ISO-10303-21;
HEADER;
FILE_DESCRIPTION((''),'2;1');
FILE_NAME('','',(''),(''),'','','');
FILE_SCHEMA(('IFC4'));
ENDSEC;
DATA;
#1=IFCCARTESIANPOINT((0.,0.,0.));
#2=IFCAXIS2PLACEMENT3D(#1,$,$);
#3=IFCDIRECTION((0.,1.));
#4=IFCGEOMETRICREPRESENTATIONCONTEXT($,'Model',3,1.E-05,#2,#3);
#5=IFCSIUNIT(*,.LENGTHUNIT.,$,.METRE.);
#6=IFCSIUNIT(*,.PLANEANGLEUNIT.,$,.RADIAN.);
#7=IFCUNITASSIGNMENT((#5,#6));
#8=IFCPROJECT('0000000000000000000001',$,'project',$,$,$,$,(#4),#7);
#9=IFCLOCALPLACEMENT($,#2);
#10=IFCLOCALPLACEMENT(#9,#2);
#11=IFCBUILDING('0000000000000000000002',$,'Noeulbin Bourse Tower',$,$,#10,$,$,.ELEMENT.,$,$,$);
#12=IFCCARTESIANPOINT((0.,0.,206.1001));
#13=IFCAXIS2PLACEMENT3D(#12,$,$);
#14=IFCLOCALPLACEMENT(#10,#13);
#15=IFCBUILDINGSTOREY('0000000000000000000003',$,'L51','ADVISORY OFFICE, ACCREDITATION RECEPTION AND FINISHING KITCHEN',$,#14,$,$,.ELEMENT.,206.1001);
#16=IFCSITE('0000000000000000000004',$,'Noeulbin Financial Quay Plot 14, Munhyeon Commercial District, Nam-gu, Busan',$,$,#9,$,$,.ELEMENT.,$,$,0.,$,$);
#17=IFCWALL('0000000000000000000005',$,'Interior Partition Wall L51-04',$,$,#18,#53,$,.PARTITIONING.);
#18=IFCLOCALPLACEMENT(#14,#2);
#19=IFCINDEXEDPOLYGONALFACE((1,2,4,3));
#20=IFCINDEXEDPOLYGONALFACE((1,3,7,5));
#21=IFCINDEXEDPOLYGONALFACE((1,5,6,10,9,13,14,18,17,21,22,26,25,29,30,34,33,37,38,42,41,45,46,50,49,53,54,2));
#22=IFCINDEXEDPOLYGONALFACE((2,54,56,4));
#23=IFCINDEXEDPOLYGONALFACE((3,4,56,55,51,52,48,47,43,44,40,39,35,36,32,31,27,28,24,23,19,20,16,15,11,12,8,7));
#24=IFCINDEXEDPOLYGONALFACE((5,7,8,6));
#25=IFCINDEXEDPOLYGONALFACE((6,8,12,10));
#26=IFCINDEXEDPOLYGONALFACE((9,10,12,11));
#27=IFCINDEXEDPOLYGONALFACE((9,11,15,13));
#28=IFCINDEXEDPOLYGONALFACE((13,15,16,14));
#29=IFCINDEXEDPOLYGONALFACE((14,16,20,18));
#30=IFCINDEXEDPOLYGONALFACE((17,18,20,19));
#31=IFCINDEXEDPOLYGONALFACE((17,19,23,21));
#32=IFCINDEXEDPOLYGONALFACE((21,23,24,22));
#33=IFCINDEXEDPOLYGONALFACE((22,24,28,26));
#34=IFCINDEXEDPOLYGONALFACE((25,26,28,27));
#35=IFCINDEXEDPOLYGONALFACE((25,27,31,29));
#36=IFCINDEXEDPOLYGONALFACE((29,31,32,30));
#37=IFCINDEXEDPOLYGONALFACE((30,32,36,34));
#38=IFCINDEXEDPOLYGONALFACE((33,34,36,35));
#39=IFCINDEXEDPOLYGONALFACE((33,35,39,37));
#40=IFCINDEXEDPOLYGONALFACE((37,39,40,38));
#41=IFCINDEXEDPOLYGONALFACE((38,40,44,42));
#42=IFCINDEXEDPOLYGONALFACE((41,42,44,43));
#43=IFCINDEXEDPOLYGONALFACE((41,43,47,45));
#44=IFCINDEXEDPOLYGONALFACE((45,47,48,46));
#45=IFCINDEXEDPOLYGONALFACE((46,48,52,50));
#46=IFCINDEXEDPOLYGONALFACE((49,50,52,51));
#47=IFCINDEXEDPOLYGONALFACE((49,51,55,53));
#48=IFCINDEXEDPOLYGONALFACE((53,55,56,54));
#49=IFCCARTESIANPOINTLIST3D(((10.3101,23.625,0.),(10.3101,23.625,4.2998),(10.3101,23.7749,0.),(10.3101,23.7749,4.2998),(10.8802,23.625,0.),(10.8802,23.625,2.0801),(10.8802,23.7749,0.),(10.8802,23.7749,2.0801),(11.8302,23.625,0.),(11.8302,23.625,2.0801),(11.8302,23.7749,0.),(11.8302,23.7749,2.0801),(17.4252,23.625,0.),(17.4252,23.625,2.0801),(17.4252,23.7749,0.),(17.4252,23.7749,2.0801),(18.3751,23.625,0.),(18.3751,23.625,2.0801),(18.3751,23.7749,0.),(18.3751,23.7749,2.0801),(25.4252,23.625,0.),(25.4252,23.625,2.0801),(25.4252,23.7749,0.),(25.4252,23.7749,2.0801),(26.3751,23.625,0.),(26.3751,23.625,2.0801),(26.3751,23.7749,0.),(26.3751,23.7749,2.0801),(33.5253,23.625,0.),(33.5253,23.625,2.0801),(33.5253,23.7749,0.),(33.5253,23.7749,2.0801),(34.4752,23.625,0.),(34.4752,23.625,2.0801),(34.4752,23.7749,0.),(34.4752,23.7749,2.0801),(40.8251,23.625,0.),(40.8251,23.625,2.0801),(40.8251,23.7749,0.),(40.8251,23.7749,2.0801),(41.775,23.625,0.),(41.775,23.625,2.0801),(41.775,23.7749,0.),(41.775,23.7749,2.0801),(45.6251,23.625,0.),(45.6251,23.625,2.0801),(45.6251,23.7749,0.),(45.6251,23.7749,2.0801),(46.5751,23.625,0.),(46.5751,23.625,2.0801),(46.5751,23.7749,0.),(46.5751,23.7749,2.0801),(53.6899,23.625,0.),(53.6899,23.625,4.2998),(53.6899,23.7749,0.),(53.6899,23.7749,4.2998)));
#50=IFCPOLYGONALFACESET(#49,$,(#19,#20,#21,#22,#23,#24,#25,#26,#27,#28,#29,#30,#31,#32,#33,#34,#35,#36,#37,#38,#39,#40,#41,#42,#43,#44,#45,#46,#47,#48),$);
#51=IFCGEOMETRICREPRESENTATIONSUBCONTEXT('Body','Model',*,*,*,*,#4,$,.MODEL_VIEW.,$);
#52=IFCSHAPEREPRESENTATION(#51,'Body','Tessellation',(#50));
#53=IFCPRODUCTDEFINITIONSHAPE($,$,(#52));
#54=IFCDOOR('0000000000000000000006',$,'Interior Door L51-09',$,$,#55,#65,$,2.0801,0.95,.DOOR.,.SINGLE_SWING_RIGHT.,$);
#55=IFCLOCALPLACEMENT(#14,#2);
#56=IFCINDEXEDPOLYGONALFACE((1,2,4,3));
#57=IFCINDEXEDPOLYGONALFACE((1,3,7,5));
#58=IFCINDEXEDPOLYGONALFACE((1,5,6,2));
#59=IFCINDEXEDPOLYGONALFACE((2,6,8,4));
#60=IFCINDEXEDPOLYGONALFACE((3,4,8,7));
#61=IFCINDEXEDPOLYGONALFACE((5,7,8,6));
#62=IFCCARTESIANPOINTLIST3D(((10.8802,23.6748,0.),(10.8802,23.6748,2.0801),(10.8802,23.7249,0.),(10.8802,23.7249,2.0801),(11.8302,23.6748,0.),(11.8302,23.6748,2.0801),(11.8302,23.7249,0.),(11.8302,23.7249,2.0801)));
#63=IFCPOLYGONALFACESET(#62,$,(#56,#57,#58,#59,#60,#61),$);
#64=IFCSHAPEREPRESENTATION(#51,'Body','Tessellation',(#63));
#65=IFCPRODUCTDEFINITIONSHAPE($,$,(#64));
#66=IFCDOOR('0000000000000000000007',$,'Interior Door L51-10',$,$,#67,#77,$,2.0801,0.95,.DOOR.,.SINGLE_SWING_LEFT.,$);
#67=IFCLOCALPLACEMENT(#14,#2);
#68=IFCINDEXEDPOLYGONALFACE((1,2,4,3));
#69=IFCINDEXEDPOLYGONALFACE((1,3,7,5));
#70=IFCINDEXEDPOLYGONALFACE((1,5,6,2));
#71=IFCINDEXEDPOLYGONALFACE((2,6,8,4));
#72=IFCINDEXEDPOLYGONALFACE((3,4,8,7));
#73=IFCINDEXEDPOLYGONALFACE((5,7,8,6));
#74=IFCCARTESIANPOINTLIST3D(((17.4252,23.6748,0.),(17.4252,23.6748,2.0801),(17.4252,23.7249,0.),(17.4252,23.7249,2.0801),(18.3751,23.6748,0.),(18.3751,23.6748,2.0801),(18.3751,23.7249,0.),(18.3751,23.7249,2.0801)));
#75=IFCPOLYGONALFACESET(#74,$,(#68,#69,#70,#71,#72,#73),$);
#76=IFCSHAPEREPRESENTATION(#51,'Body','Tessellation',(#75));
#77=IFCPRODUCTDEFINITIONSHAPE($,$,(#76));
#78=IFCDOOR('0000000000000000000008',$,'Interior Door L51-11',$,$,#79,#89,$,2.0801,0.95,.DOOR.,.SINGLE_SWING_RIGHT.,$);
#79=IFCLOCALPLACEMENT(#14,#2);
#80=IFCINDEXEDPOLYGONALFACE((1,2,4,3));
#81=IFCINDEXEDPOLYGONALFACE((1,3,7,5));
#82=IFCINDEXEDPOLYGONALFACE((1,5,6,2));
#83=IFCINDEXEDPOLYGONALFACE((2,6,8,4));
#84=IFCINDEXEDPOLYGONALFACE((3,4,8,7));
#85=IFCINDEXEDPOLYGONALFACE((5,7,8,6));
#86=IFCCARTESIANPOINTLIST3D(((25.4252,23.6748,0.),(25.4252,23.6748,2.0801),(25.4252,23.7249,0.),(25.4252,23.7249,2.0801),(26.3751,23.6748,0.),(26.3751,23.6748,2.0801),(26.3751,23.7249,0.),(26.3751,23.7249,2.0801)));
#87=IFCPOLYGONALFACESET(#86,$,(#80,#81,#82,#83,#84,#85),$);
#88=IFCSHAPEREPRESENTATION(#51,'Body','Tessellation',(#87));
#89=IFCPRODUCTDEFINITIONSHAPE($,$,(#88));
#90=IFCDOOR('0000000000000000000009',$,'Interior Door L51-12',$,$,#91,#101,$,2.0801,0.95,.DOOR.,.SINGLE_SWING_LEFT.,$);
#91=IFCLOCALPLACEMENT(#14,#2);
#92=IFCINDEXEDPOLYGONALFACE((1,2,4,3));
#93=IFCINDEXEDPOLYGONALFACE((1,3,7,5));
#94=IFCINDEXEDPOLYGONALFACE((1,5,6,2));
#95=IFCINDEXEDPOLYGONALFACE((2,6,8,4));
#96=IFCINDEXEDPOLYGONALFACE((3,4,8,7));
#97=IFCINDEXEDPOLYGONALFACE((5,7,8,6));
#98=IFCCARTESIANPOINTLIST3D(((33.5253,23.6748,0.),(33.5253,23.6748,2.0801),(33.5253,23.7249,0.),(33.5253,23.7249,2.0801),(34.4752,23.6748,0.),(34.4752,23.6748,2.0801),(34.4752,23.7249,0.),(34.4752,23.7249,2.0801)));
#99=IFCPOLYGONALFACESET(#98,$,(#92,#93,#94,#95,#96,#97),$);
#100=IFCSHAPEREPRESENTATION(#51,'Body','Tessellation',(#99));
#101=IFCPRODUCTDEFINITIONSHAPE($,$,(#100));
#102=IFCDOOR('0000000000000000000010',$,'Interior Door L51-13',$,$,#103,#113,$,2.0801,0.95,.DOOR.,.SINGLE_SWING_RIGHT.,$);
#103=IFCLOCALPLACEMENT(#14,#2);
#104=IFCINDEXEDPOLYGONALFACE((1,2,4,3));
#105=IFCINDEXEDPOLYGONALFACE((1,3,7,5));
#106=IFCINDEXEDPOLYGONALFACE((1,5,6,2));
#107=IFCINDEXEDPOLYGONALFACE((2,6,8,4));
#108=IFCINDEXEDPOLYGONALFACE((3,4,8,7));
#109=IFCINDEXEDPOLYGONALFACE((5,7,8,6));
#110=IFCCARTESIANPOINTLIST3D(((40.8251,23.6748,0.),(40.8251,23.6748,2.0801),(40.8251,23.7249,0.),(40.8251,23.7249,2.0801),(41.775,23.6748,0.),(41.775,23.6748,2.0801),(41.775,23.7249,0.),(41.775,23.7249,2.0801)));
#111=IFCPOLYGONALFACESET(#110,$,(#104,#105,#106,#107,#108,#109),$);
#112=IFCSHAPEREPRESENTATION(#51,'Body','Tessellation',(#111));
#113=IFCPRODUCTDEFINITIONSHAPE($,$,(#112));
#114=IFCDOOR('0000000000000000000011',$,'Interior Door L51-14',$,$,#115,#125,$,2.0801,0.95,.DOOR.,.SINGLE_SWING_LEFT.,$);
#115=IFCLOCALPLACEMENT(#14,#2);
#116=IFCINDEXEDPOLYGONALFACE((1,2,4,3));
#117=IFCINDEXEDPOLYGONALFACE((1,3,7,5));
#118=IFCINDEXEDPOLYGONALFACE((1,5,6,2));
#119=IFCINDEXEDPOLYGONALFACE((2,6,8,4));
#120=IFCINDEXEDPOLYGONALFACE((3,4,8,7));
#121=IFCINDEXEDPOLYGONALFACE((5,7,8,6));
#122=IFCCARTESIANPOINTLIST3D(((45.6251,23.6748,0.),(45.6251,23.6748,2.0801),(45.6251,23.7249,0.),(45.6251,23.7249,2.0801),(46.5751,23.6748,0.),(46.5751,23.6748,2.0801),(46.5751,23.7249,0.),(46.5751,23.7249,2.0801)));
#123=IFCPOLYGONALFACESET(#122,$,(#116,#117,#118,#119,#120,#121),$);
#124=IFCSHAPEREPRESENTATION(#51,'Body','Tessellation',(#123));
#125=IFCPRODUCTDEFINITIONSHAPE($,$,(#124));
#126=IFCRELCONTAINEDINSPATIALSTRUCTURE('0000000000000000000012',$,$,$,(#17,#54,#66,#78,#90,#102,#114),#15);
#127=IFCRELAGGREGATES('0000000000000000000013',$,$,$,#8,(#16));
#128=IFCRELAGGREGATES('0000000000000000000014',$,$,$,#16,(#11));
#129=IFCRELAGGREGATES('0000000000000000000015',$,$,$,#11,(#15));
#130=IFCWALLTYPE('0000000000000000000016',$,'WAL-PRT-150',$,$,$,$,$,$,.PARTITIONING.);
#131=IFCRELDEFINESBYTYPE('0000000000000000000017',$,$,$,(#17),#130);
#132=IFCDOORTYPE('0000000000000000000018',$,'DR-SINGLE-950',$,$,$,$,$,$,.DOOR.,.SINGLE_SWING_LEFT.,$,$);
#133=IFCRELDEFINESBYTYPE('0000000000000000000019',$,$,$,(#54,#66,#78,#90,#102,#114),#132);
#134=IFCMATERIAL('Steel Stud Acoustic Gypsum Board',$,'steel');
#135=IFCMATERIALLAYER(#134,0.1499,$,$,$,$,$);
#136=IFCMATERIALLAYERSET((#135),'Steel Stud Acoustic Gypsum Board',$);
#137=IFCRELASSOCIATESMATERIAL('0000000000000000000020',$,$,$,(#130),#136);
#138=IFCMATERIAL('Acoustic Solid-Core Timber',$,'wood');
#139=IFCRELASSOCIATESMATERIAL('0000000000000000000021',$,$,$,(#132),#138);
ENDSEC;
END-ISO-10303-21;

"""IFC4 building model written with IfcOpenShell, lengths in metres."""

from ifc_helpers import new_model, si_unit, direction, frame, frame_2d, origin, place, context, subcontext, project, spatial, rectangle, extrude, material, layer, layer_set, type_object, element, fill, save


model = new_model("IFC4")

# Units and contexts
model_context = context("Model", 3, precision=1e-05, world=origin(), true_north=direction((0.0, 1.0)))
body_context = subcontext(model_context, "Body", "Model", "MODEL_VIEW")
ifc_project = project(units=[si_unit("LENGTHUNIT", "METRE"), si_unit("PLANEANGLEUNIT", "RADIAN")], contexts=[model_context])

# Site, building, storey
site_placement = place(None, origin())
site = spatial("IfcSite", under=ifc_project, at=site_placement, Name="Noeulbin Financial Quay Plot 14, Munhyeon Commercial District, Nam-gu, Busan", CompositionType="ELEMENT", RefElevation=0.0)
building_placement = place(site_placement, origin())
building = spatial("IfcBuilding", under=site, at=building_placement, Name="Noeulbin Bourse Tower", CompositionType="ELEMENT")
storey_placement = place(building_placement, frame((0.0, 0.0, 206.1001)))
storey = spatial("IfcBuildingStorey", under=building, at=storey_placement, Name="L51", Description="ADVISORY OFFICE, ACCREDITATION RECEPTION AND FINISHING KITCHEN", CompositionType="ELEMENT", Elevation=206.1001)

# Wall, openings, doors
ifc_material_1 = material(Name="Steel Stud Acoustic Gypsum Board", Category="steel")
ifc_layer_1 = layer(ifc_material_1, 0.1499)
ifc_layer_set_1 = layer_set([ifc_layer_1], Name="Steel Stud Acoustic Gypsum Board")
wall_type = type_object("IfcWallType", Name="WAL-PRT-150", PredefinedType="PARTITIONING", material=ifc_layer_set_1)
wall_placement = place(storey_placement, frame((10.3101, 23.7, 0.0), z_axis=(0.0, 0.0, 1.0), x_axis=(1.0, 0.0, 0.0)))
wall = element("IfcWall", 1, at=wall_placement, inside=storey, type_object=wall_type, Name="Interior Partition Wall L51-04", PredefinedType="PARTITIONING", context=body_context, shape_type="SweptSolid", body=[
    extrude(rectangle(XDim=43.3799, YDim=0.1499, at=frame_2d((21.6899, 0.0))), origin(), (0.0, 0.0, 1.0), 4.2998),
])
opening_1_placement = place(wall_placement, frame((0.5701, 0.0, 0.0)))
opening_1 = element("IfcOpeningElement", 2, at=opening_1_placement, cuts=wall, PredefinedType="OPENING", context=body_context, shape_type="SweptSolid", body=[
    extrude(rectangle(XDim=0.95, YDim=2.0801, at=frame_2d((0.4751, 1.04))), frame((0.0, 0.085, 0.0), z_axis=(0.0, -1.0, 0.0), x_axis=(1.0, 0.0, 0.0)), (0.0, 0.0, 1.0), 0.1699),
])
opening_2_placement = place(wall_placement, frame((7.115, 0.0, 0.0)))
opening_2 = element("IfcOpeningElement", 3, at=opening_2_placement, cuts=wall, PredefinedType="OPENING", context=body_context, shape_type="SweptSolid", body=[
    extrude(rectangle(XDim=0.95, YDim=2.0801, at=frame_2d((0.4751, 1.04))), frame((0.0, 0.085, 0.0), z_axis=(0.0, -1.0, 0.0), x_axis=(1.0, 0.0, 0.0)), (0.0, 0.0, 1.0), 0.1699),
])
opening_3_placement = place(wall_placement, frame((15.115, 0.0, 0.0)))
opening_3 = element("IfcOpeningElement", 4, at=opening_3_placement, cuts=wall, PredefinedType="OPENING", context=body_context, shape_type="SweptSolid", body=[
    extrude(rectangle(XDim=0.95, YDim=2.0801, at=frame_2d((0.4751, 1.04))), frame((0.0, 0.085, 0.0), z_axis=(0.0, -1.0, 0.0), x_axis=(1.0, 0.0, 0.0)), (0.0, 0.0, 1.0), 0.1699),
])
opening_4_placement = place(wall_placement, frame((23.2151, 0.0, 0.0)))
opening_4 = element("IfcOpeningElement", 5, at=opening_4_placement, cuts=wall, PredefinedType="OPENING", context=body_context, shape_type="SweptSolid", body=[
    extrude(rectangle(XDim=0.95, YDim=2.0801, at=frame_2d((0.4751, 1.04))), frame((0.0, 0.085, 0.0), z_axis=(0.0, -1.0, 0.0), x_axis=(1.0, 0.0, 0.0)), (0.0, 0.0, 1.0), 0.1699),
])
opening_5_placement = place(wall_placement, frame((30.5149, 0.0, 0.0)))
opening_5 = element("IfcOpeningElement", 6, at=opening_5_placement, cuts=wall, PredefinedType="OPENING", context=body_context, shape_type="SweptSolid", body=[
    extrude(rectangle(XDim=0.95, YDim=2.0801, at=frame_2d((0.4751, 1.04))), frame((0.0, 0.085, 0.0), z_axis=(0.0, -1.0, 0.0), x_axis=(1.0, 0.0, 0.0)), (0.0, 0.0, 1.0), 0.1699),
])
opening_6_placement = place(wall_placement, frame((35.3149, 0.0, 0.0)))
opening_6 = element("IfcOpeningElement", 7, at=opening_6_placement, cuts=wall, PredefinedType="OPENING", context=body_context, shape_type="SweptSolid", body=[
    extrude(rectangle(XDim=0.95, YDim=2.0801, at=frame_2d((0.4751, 1.04))), frame((0.0, 0.085, 0.0), z_axis=(0.0, -1.0, 0.0), x_axis=(1.0, 0.0, 0.0)), (0.0, 0.0, 1.0), 0.1699),
])
ifc_material_2 = material(Name="Acoustic Solid-Core Timber", Category="wood")
door_type = type_object("IfcDoorType", Name="DR-SINGLE-950", OperationType="SINGLE_SWING_LEFT", PredefinedType="DOOR", material=ifc_material_2)
door_1_placement = place(opening_1_placement, origin())
door_1 = element("IfcDoor", 8, at=door_1_placement, inside=storey, type_object=door_type, Name="Interior Door L51-09", OperationType="SINGLE_SWING_RIGHT", OverallHeight=2.0801, OverallWidth=0.95, PredefinedType="DOOR", context=body_context, shape_type="SweptSolid", body=[
    extrude(rectangle(XDim=0.95, YDim=2.0801, at=frame_2d((0.4751, 1.04))), frame((0.0, 0.0249, 0.0), z_axis=(0.0, -1.0, 0.0), x_axis=(1.0, 0.0, 0.0)), (0.0, 0.0, 1.0), 0.05),
])
fill(opening_1, door_1)
door_2_placement = place(opening_2_placement, origin())
door_2 = element("IfcDoor", 9, at=door_2_placement, inside=storey, type_object=door_type, Name="Interior Door L51-10", OperationType="SINGLE_SWING_LEFT", OverallHeight=2.0801, OverallWidth=0.95, PredefinedType="DOOR", context=body_context, shape_type="SweptSolid", body=[
    extrude(rectangle(XDim=0.95, YDim=2.0801, at=frame_2d((0.4751, 1.04))), frame((0.0, 0.0249, 0.0), z_axis=(0.0, -1.0, 0.0), x_axis=(1.0, 0.0, 0.0)), (0.0, 0.0, 1.0), 0.05),
])
fill(opening_2, door_2)
door_3_placement = place(opening_3_placement, origin())
door_3 = element("IfcDoor", 10, at=door_3_placement, inside=storey, type_object=door_type, Name="Interior Door L51-11", OperationType="SINGLE_SWING_RIGHT", OverallHeight=2.0801, OverallWidth=0.95, PredefinedType="DOOR", context=body_context, shape_type="SweptSolid", body=[
    extrude(rectangle(XDim=0.95, YDim=2.0801, at=frame_2d((0.4751, 1.04))), frame((0.0, 0.0249, 0.0), z_axis=(0.0, -1.0, 0.0), x_axis=(1.0, 0.0, 0.0)), (0.0, 0.0, 1.0), 0.05),
])
fill(opening_3, door_3)
door_4_placement = place(opening_4_placement, origin())
door_4 = element("IfcDoor", 11, at=door_4_placement, inside=storey, type_object=door_type, Name="Interior Door L51-12", OperationType="SINGLE_SWING_LEFT", OverallHeight=2.0801, OverallWidth=0.95, PredefinedType="DOOR", context=body_context, shape_type="SweptSolid", body=[
    extrude(rectangle(XDim=0.95, YDim=2.0801, at=frame_2d((0.4751, 1.04))), frame((0.0, 0.0249, 0.0), z_axis=(0.0, -1.0, 0.0), x_axis=(1.0, 0.0, 0.0)), (0.0, 0.0, 1.0), 0.05),
])
fill(opening_4, door_4)
door_5_placement = place(opening_5_placement, origin())
door_5 = element("IfcDoor", 12, at=door_5_placement, inside=storey, type_object=door_type, Name="Interior Door L51-13", OperationType="SINGLE_SWING_RIGHT", OverallHeight=2.0801, OverallWidth=0.95, PredefinedType="DOOR", context=body_context, shape_type="SweptSolid", body=[
    extrude(rectangle(XDim=0.95, YDim=2.0801, at=frame_2d((0.4751, 1.04))), frame((0.0, 0.0249, 0.0), z_axis=(0.0, -1.0, 0.0), x_axis=(1.0, 0.0, 0.0)), (0.0, 0.0, 1.0), 0.05),
])
fill(opening_5, door_5)
door_6_placement = place(opening_6_placement, origin())
door_6 = element("IfcDoor", 13, at=door_6_placement, inside=storey, type_object=door_type, Name="Interior Door L51-14", OperationType="SINGLE_SWING_LEFT", OverallHeight=2.0801, OverallWidth=0.95, PredefinedType="DOOR", context=body_context, shape_type="SweptSolid", body=[
    extrude(rectangle(XDim=0.95, YDim=2.0801, at=frame_2d((0.4751, 1.04))), frame((0.0, 0.0249, 0.0), z_axis=(0.0, -1.0, 0.0), x_axis=(1.0, 0.0, 0.0)), (0.0, 0.0, 1.0), 0.05),
])
fill(opening_6, door_6)

save(model, "model.ifc")
